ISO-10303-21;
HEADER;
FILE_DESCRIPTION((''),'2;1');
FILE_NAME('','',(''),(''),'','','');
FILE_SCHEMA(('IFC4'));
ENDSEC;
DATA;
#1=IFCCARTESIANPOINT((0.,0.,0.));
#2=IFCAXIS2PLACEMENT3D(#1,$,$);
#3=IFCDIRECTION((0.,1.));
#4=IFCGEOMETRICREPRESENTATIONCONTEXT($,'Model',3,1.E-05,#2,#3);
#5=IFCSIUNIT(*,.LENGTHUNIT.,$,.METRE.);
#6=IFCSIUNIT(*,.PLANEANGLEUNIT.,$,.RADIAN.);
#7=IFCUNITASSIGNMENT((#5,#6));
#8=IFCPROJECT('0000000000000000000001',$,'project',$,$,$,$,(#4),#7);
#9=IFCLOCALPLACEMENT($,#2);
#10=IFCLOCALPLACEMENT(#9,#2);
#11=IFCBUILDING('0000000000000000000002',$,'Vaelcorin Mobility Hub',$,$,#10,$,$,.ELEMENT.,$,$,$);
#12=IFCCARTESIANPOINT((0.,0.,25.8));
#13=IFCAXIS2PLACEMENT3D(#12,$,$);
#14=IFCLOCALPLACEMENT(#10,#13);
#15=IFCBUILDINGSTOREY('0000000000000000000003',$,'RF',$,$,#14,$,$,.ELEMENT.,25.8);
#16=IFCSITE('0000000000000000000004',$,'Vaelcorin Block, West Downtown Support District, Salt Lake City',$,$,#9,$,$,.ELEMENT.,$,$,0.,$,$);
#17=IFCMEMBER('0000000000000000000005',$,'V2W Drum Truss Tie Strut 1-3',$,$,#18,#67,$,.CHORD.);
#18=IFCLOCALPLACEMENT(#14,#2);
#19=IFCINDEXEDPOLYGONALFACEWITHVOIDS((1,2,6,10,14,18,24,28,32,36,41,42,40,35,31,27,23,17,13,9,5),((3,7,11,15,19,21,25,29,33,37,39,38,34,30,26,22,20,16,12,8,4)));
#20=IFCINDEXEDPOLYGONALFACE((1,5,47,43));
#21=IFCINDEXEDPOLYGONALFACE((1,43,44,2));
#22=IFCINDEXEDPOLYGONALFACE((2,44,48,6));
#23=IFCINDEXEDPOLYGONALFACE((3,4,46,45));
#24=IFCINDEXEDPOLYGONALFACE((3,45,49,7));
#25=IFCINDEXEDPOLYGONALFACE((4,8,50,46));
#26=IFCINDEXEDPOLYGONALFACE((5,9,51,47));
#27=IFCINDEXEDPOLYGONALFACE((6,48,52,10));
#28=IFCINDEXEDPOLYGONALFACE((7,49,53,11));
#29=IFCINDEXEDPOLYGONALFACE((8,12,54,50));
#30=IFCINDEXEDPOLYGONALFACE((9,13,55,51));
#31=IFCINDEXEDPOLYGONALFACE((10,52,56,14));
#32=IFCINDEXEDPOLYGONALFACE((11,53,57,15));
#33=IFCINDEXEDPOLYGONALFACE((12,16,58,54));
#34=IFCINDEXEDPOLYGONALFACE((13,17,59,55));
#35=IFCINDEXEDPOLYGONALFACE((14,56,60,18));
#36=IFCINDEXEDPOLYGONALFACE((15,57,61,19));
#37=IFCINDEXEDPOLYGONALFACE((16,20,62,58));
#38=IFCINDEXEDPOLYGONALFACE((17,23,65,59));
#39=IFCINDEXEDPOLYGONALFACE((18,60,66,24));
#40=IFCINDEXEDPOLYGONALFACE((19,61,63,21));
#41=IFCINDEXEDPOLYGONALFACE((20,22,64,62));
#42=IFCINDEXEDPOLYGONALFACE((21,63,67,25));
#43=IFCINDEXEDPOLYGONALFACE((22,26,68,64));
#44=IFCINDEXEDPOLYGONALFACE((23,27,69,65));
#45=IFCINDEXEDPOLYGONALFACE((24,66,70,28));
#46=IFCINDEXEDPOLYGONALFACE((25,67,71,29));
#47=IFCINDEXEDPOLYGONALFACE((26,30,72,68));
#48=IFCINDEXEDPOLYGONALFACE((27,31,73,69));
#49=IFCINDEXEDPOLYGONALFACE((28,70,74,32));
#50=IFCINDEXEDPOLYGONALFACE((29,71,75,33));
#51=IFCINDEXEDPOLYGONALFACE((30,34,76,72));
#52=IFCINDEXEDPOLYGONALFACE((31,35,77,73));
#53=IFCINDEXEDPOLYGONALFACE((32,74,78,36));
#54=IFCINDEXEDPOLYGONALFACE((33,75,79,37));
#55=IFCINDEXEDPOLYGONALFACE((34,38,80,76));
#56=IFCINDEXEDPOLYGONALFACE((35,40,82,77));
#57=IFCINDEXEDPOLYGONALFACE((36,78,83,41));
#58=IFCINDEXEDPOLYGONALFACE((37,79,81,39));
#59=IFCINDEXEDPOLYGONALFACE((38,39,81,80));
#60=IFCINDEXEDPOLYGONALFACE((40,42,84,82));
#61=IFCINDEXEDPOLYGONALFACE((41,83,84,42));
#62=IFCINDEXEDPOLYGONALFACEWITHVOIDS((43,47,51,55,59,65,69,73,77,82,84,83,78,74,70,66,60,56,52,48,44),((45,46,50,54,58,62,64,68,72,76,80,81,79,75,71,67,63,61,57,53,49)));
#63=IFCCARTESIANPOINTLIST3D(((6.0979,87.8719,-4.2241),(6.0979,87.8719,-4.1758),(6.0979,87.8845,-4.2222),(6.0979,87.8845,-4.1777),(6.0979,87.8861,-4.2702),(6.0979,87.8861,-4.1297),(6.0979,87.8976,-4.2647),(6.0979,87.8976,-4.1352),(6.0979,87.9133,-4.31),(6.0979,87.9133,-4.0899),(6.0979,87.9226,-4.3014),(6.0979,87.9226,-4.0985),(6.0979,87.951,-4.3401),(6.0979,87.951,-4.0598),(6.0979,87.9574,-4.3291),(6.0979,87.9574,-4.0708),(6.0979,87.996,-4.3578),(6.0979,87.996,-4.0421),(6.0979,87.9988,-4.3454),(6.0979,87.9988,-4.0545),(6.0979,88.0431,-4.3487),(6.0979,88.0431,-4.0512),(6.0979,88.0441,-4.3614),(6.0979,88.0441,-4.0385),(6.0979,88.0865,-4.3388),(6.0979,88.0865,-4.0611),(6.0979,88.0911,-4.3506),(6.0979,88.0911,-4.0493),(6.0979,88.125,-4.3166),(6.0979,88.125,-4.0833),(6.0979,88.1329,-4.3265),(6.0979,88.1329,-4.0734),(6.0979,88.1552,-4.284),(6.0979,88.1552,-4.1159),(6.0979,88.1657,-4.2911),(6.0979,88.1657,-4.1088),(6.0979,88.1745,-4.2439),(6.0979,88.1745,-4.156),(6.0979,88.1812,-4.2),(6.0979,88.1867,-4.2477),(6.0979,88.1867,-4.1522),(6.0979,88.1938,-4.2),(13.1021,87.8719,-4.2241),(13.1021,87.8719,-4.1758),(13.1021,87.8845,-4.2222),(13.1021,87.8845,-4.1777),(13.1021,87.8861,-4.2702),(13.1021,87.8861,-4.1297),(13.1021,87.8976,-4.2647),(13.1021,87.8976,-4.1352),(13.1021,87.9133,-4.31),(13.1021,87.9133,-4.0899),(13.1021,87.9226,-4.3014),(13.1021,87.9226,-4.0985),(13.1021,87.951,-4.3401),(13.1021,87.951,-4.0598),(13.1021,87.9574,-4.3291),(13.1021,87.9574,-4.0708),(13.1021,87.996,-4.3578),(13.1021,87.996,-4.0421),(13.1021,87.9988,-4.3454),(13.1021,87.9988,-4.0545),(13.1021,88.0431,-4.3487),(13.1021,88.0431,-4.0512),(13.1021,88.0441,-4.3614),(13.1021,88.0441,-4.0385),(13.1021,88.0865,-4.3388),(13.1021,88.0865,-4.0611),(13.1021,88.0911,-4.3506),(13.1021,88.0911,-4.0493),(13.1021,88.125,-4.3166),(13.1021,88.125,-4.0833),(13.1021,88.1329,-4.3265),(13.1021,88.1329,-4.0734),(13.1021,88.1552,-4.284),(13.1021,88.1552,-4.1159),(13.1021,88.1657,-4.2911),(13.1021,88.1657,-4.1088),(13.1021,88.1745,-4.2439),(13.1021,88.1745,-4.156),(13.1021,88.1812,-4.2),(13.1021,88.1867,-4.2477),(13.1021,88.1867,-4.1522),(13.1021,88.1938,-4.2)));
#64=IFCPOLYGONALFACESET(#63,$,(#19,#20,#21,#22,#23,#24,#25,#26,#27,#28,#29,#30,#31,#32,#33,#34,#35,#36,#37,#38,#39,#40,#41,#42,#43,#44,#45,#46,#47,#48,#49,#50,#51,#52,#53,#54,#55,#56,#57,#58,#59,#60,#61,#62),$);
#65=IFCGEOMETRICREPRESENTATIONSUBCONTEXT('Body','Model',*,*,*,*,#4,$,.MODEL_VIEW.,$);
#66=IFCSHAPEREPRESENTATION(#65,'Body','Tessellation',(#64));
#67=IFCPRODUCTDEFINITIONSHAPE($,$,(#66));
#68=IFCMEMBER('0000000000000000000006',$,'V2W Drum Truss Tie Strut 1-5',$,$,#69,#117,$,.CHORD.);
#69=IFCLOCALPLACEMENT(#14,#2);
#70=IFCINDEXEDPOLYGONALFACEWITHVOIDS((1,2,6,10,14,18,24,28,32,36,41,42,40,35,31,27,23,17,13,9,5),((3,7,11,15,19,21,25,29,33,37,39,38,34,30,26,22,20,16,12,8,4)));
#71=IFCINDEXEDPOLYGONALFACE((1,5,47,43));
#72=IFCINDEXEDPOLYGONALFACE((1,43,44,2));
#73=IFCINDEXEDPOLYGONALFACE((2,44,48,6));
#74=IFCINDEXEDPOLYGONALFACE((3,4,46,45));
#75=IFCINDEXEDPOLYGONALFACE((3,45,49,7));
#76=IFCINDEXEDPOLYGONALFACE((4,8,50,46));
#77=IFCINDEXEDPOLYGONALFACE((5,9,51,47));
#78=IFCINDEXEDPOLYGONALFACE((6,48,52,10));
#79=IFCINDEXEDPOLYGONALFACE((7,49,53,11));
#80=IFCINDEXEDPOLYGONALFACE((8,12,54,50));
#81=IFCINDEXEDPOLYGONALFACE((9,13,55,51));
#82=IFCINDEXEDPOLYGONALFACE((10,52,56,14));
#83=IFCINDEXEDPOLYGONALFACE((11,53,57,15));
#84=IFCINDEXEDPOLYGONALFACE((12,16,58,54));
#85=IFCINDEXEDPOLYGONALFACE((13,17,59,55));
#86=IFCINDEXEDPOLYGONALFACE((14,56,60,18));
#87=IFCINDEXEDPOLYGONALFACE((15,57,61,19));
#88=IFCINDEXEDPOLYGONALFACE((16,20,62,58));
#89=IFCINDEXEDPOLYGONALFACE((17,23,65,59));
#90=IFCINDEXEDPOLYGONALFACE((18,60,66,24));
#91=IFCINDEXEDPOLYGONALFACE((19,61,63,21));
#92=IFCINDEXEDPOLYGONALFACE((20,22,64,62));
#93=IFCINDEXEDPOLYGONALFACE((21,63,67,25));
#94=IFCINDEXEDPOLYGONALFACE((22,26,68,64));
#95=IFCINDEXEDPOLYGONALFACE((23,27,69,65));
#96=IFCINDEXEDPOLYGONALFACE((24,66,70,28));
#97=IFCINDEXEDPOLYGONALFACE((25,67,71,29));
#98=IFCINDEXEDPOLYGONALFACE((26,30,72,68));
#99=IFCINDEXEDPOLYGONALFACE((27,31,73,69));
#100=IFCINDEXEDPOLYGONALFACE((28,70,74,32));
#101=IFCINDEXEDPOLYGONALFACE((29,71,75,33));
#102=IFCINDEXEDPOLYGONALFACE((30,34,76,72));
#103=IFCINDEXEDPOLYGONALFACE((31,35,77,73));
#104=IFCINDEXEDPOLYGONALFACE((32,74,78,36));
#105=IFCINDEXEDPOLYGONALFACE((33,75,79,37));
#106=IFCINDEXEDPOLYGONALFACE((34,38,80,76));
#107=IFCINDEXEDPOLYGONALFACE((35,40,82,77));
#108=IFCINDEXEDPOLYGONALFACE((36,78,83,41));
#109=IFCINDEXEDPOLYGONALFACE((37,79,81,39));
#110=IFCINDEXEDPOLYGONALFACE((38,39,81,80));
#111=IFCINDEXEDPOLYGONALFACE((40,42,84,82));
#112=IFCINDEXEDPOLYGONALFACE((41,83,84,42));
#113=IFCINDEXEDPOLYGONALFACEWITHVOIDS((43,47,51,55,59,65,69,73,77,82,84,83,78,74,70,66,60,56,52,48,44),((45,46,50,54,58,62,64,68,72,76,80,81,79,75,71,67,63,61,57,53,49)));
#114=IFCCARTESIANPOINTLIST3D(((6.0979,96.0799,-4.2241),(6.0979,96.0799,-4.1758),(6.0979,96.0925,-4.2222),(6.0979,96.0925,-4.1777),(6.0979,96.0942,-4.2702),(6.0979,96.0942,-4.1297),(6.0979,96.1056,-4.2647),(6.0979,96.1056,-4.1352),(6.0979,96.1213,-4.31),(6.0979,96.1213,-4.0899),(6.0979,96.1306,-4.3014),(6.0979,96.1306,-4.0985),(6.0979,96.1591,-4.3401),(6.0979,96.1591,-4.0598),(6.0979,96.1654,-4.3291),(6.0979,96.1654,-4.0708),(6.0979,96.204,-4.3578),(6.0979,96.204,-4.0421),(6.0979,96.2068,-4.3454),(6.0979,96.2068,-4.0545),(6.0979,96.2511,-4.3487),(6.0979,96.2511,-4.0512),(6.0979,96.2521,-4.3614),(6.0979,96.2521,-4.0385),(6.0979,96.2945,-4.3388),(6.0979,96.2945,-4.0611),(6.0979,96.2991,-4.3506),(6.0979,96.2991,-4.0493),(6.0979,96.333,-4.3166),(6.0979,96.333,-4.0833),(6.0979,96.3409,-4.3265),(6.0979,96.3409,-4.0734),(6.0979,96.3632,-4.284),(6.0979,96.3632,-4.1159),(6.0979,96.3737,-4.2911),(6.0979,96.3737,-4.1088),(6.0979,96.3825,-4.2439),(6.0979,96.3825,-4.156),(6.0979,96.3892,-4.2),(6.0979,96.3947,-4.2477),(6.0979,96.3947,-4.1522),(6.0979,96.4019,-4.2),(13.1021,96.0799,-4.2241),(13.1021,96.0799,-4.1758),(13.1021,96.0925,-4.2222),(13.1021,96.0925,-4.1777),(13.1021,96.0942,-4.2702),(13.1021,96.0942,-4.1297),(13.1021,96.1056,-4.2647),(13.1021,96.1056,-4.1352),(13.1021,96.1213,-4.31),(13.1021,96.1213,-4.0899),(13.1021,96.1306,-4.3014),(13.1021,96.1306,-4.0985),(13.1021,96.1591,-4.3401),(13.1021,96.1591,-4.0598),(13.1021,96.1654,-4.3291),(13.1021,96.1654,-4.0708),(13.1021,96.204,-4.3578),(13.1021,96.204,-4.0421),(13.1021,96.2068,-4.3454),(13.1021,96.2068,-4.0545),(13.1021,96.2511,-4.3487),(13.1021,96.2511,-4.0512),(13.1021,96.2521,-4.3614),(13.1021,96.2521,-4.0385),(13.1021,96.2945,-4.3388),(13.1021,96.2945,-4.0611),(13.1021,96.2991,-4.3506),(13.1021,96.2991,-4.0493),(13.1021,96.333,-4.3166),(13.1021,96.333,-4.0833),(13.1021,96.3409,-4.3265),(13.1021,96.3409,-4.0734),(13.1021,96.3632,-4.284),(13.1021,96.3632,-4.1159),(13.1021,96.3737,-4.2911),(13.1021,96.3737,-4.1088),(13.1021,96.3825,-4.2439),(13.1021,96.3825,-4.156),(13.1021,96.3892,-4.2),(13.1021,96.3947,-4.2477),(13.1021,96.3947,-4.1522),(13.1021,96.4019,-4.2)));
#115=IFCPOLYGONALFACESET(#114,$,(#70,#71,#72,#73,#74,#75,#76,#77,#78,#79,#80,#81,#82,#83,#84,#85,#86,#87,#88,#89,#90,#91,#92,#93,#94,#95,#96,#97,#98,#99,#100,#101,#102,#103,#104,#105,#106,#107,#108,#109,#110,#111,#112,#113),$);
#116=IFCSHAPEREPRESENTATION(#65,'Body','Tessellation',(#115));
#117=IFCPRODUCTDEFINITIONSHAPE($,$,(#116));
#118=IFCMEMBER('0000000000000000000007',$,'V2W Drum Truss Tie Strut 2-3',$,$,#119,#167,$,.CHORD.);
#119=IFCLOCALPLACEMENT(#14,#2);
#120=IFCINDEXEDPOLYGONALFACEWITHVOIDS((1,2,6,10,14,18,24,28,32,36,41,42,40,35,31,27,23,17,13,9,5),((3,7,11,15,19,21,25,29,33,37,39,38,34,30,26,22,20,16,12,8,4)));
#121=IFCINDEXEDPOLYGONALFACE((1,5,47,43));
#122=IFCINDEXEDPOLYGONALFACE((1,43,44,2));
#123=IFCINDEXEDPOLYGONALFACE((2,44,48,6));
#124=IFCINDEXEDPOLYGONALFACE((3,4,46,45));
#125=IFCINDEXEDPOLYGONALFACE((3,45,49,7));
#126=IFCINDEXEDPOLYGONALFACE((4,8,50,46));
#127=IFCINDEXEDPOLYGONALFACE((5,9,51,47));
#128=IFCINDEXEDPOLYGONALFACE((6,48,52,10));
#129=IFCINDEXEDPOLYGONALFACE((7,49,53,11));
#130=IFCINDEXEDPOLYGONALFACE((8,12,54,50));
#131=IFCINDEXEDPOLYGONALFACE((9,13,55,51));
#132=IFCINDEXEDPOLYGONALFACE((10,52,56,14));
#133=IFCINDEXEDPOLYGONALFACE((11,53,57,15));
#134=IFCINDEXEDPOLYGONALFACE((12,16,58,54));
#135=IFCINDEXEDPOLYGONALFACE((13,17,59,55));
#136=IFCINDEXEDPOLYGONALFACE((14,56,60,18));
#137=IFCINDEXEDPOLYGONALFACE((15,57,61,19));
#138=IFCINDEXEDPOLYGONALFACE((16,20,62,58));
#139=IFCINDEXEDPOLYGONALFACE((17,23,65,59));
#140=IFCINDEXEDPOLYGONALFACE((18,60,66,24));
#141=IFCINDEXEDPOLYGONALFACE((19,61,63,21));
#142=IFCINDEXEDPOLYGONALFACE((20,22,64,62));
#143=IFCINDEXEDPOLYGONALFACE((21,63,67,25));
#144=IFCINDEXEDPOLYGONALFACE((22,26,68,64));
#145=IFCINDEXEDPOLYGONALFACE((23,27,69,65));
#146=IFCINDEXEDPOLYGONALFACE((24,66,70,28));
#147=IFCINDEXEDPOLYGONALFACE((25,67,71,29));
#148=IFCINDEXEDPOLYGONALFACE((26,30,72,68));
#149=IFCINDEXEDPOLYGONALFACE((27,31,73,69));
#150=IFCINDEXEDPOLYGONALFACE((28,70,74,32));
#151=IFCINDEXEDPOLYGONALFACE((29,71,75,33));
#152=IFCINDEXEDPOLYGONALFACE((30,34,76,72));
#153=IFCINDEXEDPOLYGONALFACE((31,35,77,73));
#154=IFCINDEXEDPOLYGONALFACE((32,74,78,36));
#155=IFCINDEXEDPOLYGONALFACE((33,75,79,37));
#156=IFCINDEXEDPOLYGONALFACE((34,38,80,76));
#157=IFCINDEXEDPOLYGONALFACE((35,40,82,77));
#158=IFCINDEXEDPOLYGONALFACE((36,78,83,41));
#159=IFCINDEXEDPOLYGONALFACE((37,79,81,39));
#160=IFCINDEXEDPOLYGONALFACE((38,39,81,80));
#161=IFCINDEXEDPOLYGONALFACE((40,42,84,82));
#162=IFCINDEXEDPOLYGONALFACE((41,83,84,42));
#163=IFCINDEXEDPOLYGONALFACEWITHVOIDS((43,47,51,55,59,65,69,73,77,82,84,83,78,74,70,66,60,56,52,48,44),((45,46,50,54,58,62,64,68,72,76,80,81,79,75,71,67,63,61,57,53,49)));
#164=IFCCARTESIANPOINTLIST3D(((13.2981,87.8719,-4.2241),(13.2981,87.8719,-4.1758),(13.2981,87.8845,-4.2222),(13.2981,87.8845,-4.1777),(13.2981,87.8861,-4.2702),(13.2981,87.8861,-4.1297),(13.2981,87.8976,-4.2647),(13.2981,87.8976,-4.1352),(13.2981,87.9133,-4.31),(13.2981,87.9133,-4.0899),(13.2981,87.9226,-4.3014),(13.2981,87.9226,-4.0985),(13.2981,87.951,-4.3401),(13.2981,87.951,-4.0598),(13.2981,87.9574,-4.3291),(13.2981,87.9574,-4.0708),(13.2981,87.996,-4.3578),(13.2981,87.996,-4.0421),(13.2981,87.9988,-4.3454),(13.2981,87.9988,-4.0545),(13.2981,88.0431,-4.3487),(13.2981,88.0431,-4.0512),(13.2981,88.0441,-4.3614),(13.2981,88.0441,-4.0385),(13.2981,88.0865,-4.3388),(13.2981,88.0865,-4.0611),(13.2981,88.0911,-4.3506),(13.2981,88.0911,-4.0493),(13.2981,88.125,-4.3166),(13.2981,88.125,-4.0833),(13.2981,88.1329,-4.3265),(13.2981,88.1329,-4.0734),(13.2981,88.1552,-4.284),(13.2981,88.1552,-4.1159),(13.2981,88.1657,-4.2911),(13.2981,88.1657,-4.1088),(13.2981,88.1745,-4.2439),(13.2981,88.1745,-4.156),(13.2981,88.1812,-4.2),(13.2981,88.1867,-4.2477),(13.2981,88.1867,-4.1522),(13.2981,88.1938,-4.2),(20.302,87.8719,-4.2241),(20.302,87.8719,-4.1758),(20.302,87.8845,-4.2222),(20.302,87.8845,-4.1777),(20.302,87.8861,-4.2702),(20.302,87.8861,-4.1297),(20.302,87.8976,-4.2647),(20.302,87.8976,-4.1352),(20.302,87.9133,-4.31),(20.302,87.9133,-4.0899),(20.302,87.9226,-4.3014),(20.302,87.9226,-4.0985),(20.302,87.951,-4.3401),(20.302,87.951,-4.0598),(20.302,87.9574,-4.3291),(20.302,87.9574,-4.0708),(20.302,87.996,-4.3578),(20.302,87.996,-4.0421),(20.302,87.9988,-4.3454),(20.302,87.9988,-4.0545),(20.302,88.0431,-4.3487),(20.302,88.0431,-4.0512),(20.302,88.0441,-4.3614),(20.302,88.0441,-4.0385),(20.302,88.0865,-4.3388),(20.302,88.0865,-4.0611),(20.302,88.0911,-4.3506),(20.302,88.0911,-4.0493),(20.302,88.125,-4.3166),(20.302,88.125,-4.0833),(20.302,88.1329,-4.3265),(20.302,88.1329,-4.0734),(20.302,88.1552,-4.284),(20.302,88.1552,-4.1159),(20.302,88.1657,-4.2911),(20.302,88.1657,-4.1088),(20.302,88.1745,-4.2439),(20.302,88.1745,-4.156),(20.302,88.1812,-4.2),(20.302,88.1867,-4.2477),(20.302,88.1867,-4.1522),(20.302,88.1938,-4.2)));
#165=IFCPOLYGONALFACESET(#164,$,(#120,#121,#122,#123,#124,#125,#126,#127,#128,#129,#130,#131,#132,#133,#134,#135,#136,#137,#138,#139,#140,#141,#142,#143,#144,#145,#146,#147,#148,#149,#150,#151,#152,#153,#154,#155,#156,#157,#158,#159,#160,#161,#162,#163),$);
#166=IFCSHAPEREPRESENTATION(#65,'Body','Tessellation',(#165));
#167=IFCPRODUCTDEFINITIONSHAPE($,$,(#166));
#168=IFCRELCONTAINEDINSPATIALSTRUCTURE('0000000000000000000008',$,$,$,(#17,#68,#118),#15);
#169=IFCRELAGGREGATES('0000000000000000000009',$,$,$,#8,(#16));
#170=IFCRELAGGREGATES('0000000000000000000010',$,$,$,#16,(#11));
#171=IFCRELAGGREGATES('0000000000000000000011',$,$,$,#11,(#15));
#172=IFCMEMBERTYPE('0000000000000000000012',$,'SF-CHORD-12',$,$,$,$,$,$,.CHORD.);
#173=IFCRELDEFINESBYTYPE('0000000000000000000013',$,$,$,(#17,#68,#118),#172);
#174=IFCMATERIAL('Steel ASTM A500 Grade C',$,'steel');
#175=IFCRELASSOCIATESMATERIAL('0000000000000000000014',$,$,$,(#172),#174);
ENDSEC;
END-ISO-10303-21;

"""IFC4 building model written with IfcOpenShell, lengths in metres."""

from ifc_helpers import new_model, si_unit, direction, frame, origin, origin_2d, place, context, subcontext, project, spatial, hollow_circle, extrude, material, material_profile, profile_set, type_object, element, save


model = new_model("IFC4")

# Units and contexts
model_context = context("Model", 3, precision=1e-05, world=origin(), true_north=direction((0.0, 1.0)))
body_context = subcontext(model_context, "Body", "Model", "MODEL_VIEW")
ifc_project = project(units=[si_unit("LENGTHUNIT", "METRE"), si_unit("PLANEANGLEUNIT", "RADIAN")], contexts=[model_context])

# Site, building, storey
site_placement = place(None, origin())
site = spatial("IfcSite", under=ifc_project, at=site_placement, Name="Vaelcorin Block, West Downtown Support District, Salt Lake City", CompositionType="ELEMENT", RefElevation=0.0)
building_placement = place(site_placement, origin())
building = spatial("IfcBuilding", under=site, at=building_placement, Name="Vaelcorin Mobility Hub", CompositionType="ELEMENT")
storey_placement = place(building_placement, frame((0.0, 0.0, 25.8)))
storey = spatial("IfcBuildingStorey", under=building, at=storey_placement, Name="RF", CompositionType="ELEMENT", Elevation=25.8)

# Members
ifc_material_1 = material(Name="Steel ASTM A500 Grade C", Category="steel")
ifc_material_profile_1 = material_profile(ifc_material_1, hollow_circle(Radius=0.1619, WallThickness=0.0127, at=origin_2d()), Name="HSS12.750X0.500")
ifc_profile_set_1 = profile_set([ifc_material_profile_1], Name="Steel ASTM A500 Grade C")
member_type_1 = type_object("IfcMemberType", Name="SF-CHORD-12", PredefinedType="CHORD", material=ifc_profile_set_1)
for number, where, z_axis, x_axis, name in (
    (1, (6.0979, 88.032, -4.2), (1.0, 0.0, 0.0), (0.0, 1.0, 0.0), "V2W Drum Truss Tie Strut 1-3"),
    (2, (6.0979, 96.24, -4.2), (1.0, 0.0, 0.0), (0.0, 1.0, 0.0), "V2W Drum Truss Tie Strut 1-5"),
):
    element("IfcMember", number, at=place(storey_placement, frame(where, z_axis=z_axis, x_axis=x_axis)), inside=storey, type_object=member_type_1, Name=name, PredefinedType="CHORD", context=body_context, shape_type="SweptSolid", body=[
        extrude(hollow_circle(Radius=0.1619, WallThickness=0.0127, at=origin_2d()), origin(), (0.0, 0.0, 1.0), 7.0042),
    ])
for number, where, z_axis, x_axis, name in (
    (3, (13.2981, 88.032, -4.2), (1.0, 0.0, 0.0), (0.0, 1.0, 0.0), "V2W Drum Truss Tie Strut 2-3"),
):
    element("IfcMember", number, at=place(storey_placement, frame(where, z_axis=z_axis, x_axis=x_axis)), inside=storey, type_object=member_type_1, Name=name, PredefinedType="CHORD", context=body_context, shape_type="SweptSolid", body=[
        extrude(hollow_circle(Radius=0.1619, WallThickness=0.0127, at=origin_2d()), origin(), (0.0, 0.0, 1.0), 7.0039),
    ])

save(model, "model.ifc")
